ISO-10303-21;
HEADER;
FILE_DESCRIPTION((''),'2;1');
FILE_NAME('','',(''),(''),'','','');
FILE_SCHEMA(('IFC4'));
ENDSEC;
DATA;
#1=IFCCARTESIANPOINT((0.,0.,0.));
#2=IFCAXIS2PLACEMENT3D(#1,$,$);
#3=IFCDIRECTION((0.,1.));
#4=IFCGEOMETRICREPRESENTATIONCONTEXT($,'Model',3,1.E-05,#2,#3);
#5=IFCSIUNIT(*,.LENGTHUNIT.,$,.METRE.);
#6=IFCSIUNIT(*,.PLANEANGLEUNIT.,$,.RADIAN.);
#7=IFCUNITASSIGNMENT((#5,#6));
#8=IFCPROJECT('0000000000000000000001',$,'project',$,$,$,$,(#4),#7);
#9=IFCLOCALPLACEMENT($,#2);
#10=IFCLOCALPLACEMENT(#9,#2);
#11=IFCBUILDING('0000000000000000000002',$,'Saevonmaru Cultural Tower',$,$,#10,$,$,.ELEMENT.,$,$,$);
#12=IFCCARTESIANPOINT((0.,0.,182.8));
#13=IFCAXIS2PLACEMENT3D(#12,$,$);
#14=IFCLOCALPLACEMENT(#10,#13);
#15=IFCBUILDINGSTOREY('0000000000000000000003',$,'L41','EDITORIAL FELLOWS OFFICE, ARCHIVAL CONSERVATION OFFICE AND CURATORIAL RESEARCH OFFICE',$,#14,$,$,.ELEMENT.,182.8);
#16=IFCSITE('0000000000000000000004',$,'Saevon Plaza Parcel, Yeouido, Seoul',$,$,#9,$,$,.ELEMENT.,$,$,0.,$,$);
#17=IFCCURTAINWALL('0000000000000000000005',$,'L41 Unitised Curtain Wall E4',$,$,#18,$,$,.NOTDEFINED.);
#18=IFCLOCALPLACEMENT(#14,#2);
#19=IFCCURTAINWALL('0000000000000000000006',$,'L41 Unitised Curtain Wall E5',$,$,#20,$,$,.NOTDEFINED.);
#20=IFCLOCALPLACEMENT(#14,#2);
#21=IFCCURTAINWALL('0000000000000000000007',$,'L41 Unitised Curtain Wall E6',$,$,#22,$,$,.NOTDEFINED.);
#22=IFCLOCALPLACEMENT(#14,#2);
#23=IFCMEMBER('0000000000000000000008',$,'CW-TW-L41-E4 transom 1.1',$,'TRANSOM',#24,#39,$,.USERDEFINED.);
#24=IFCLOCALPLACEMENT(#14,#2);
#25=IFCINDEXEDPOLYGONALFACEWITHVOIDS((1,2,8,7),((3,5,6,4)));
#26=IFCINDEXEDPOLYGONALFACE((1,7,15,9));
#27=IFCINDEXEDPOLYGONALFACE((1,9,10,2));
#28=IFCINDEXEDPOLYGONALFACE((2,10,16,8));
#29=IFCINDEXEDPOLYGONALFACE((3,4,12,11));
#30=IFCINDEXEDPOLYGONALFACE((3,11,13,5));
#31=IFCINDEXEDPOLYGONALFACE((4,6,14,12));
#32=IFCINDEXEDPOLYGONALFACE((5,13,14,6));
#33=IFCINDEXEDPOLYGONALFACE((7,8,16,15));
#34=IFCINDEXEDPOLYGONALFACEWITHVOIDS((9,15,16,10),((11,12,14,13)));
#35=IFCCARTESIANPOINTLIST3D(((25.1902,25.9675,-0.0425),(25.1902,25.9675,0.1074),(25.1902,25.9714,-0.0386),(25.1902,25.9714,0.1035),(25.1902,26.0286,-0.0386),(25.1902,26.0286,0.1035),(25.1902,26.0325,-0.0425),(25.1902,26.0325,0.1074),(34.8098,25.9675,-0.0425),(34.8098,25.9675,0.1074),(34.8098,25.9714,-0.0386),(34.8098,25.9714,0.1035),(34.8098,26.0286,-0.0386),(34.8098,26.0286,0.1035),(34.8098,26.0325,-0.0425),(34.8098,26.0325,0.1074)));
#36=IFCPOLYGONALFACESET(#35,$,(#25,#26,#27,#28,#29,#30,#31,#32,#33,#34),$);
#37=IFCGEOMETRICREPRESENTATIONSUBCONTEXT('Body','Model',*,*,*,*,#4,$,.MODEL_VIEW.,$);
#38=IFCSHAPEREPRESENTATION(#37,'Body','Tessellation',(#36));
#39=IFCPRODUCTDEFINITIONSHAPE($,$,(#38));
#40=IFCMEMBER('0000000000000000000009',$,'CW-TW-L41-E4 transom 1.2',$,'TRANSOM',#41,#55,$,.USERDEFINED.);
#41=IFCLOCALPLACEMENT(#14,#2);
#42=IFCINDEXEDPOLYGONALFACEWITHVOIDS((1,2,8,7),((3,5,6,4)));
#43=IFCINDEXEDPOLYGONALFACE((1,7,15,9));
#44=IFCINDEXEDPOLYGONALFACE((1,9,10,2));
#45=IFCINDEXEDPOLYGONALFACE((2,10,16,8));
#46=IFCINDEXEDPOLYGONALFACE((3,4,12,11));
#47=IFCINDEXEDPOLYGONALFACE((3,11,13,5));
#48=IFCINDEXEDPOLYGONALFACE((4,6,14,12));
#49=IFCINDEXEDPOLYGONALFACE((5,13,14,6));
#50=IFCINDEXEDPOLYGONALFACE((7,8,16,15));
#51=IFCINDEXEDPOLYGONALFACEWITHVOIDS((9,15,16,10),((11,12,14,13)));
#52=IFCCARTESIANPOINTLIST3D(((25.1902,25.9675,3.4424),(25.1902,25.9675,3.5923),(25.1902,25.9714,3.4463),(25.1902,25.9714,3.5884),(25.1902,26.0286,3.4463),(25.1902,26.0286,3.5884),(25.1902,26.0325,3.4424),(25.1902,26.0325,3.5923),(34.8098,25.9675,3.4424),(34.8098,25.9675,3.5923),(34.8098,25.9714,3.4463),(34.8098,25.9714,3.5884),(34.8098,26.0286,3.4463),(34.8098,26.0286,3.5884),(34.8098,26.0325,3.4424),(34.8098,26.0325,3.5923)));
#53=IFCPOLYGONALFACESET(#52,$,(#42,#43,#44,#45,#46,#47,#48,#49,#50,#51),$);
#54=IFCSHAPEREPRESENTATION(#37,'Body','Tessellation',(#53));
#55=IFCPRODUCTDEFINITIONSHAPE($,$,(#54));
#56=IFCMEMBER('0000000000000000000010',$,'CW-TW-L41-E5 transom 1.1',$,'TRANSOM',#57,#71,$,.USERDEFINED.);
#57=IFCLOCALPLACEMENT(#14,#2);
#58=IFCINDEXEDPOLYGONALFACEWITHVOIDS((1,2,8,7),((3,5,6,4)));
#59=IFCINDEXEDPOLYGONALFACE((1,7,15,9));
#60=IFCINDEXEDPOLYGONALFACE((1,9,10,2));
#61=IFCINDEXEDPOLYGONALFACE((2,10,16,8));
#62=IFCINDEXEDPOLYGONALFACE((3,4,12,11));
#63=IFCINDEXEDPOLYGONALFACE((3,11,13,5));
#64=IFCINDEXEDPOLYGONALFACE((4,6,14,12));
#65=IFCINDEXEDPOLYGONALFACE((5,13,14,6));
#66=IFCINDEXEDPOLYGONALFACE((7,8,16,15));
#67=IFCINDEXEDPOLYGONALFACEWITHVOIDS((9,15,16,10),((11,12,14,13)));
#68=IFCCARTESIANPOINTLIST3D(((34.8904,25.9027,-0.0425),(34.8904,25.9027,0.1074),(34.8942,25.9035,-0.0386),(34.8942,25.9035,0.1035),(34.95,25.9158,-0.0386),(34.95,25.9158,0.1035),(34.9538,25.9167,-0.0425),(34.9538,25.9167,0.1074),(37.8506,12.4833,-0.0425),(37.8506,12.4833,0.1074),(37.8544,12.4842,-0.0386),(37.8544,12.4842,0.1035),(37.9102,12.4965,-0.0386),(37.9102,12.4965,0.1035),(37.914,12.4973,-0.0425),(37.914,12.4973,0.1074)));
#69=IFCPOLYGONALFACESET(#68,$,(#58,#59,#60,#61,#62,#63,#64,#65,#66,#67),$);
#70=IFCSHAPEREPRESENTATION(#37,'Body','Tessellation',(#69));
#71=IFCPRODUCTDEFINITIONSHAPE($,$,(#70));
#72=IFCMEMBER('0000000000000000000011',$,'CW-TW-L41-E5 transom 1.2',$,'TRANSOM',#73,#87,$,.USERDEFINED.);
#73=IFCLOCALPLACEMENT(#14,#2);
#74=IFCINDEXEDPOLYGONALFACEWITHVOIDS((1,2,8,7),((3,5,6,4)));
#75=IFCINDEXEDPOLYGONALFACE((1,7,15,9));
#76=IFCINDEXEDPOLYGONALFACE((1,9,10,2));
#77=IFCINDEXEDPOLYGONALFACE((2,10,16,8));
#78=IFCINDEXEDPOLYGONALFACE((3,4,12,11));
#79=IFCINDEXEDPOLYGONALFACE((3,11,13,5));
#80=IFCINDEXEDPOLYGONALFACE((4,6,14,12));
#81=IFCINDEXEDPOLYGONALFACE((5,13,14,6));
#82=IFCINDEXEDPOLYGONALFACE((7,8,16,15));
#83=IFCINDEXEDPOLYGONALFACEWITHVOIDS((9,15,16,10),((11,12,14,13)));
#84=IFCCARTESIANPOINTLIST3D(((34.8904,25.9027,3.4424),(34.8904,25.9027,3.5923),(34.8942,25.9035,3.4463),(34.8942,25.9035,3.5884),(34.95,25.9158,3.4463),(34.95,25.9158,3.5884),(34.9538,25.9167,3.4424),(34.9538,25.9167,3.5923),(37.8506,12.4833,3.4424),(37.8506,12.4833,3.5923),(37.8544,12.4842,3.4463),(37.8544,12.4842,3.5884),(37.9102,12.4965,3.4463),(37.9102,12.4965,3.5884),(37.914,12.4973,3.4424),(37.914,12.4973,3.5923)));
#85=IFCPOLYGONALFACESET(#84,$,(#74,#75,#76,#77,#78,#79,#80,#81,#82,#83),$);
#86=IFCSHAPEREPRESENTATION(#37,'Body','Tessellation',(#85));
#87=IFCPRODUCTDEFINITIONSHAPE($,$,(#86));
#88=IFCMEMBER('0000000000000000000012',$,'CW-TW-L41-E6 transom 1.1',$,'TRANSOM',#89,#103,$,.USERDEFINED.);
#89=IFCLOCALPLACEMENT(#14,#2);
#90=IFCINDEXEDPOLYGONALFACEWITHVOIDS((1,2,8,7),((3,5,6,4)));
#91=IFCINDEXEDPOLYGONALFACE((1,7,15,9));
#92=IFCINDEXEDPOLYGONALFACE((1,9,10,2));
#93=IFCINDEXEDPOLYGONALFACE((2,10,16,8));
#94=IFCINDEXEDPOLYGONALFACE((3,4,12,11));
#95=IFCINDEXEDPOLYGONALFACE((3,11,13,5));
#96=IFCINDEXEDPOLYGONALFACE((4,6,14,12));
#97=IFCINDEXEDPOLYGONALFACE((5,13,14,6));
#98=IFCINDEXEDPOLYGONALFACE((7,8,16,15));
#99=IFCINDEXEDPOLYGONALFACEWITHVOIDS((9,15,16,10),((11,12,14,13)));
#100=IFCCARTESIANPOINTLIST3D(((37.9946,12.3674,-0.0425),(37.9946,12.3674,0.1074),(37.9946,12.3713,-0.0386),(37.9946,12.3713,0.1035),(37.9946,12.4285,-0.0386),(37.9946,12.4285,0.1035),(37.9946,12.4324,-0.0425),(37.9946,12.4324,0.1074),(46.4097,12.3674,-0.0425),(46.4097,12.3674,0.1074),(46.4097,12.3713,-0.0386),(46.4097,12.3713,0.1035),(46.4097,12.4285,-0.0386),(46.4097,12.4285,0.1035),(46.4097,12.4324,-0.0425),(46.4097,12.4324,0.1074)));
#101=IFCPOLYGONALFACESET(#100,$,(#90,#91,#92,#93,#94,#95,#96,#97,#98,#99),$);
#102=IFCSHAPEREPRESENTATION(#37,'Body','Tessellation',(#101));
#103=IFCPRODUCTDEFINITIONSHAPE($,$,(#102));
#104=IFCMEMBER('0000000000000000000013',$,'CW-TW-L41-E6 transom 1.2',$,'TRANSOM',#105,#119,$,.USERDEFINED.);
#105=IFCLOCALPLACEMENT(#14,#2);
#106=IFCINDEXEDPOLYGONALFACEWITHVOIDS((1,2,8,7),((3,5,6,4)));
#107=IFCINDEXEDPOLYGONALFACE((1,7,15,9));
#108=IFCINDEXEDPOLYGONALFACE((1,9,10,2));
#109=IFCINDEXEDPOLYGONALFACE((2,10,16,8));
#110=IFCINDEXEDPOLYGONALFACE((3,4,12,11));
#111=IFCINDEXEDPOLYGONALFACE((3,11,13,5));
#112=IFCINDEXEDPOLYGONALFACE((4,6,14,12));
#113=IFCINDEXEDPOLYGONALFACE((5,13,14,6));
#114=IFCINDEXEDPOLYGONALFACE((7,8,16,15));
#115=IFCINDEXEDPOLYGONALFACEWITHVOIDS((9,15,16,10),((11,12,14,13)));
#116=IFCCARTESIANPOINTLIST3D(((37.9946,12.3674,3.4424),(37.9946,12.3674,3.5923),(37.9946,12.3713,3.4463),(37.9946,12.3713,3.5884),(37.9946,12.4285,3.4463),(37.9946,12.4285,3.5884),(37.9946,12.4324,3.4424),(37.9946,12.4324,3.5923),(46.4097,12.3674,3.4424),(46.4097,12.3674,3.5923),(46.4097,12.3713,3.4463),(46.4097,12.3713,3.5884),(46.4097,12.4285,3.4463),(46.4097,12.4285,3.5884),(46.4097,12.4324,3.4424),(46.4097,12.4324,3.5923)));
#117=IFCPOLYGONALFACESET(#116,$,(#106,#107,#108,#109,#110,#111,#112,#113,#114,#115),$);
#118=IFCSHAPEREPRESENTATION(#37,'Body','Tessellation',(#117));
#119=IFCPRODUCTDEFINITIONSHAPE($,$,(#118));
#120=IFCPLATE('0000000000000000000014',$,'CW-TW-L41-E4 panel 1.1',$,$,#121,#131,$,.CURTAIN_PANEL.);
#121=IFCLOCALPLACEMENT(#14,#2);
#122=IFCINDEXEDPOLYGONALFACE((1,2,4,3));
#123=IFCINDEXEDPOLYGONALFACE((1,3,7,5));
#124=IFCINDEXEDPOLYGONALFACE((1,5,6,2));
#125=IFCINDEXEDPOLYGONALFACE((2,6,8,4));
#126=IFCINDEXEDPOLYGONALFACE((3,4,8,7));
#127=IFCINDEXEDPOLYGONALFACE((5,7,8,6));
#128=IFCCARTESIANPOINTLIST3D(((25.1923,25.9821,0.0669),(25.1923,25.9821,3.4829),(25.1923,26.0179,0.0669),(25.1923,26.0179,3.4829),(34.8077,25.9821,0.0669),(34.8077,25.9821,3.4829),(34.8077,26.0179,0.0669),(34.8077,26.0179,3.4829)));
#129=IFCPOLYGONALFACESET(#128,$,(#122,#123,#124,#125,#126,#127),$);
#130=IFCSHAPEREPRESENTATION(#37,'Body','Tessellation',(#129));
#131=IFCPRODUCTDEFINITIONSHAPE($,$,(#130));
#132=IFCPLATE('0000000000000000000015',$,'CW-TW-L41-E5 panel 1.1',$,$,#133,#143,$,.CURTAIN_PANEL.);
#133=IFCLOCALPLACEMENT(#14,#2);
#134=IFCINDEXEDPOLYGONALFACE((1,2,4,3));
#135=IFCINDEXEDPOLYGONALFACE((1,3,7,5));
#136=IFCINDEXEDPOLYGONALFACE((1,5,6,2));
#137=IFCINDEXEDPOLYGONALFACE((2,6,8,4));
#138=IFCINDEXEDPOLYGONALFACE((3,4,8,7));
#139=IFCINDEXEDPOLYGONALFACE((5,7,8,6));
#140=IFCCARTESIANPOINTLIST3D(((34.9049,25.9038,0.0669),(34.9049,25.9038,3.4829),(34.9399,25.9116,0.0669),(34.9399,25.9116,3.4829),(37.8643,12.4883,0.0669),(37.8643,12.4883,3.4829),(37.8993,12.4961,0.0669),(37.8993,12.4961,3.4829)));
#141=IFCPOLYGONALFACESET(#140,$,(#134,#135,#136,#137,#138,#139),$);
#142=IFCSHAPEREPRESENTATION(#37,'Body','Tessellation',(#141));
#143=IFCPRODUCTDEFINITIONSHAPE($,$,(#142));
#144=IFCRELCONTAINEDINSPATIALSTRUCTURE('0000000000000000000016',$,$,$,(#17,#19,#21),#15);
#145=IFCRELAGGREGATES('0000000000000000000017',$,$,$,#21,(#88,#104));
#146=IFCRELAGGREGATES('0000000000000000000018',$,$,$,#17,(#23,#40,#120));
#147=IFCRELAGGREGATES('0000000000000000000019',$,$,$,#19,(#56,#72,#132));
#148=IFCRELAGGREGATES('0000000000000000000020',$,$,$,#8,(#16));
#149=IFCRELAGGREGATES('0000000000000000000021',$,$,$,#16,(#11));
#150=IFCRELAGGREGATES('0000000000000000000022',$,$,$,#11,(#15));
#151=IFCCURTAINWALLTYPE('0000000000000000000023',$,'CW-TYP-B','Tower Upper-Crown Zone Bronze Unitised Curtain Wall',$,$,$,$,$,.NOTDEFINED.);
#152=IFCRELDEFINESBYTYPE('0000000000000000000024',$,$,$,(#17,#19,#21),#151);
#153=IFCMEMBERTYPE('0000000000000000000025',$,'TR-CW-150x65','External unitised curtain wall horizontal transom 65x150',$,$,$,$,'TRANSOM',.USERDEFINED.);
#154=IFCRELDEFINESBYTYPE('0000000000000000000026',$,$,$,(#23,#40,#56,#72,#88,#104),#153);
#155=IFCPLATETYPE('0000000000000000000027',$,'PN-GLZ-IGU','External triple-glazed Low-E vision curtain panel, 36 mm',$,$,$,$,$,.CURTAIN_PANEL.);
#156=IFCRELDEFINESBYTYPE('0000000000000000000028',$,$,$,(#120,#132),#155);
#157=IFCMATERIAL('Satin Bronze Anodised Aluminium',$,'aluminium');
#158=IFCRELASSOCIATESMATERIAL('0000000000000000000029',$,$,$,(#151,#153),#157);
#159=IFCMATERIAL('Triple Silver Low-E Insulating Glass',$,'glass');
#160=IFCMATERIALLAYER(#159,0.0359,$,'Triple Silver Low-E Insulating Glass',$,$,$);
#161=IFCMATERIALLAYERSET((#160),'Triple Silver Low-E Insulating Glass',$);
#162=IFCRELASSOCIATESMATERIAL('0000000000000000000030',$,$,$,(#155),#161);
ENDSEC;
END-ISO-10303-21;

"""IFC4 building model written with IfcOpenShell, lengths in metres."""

from ifc_helpers import new_model, si_unit, direction, frame, origin, origin_2d, place, context, subcontext, project, spatial, rectangle, hollow_rectangle, extrude, material, layer, layer_set, material_profile, profile_set, type_object, element, aggregate, save


model = new_model("IFC4")

# Units and contexts
model_context = context("Model", 3, precision=1e-05, world=origin(), true_north=direction((0.0, 1.0)))
body_context = subcontext(model_context, "Body", "Model", "MODEL_VIEW")
ifc_project = project(units=[si_unit("LENGTHUNIT", "METRE"), si_unit("PLANEANGLEUNIT", "RADIAN")], contexts=[model_context])

# Site, building, storey
site_placement = place(None, origin())
site = spatial("IfcSite", under=ifc_project, at=site_placement, Name="Saevon Plaza Parcel, Yeouido, Seoul", CompositionType="ELEMENT", RefElevation=0.0)
building_placement = place(site_placement, origin())
building = spatial("IfcBuilding", under=site, at=building_placement, Name="Saevonmaru Cultural Tower", CompositionType="ELEMENT")
storey_placement = place(building_placement, frame((0.0, 0.0, 182.8)))
storey = spatial("IfcBuildingStorey", under=building, at=storey_placement, Name="L41", Description="EDITORIAL FELLOWS OFFICE, ARCHIVAL CONSERVATION OFFICE AND CURATORIAL RESEARCH OFFICE", CompositionType="ELEMENT", Elevation=182.8)

# Curtain wall
ifc_material_1 = material(Name="Satin Bronze Anodised Aluminium", Category="aluminium")
curtain_wall_type = type_object("IfcCurtainWallType", Name="CW-TYP-B", Description="Tower Upper-Crown Zone Bronze Unitised Curtain Wall", PredefinedType="NOTDEFINED", material=ifc_material_1)
curtain_wall_1_placement = place(storey_placement, origin())
curtain_wall_1 = element("IfcCurtainWall", 1, at=curtain_wall_1_placement, inside=storey, type_object=curtain_wall_type, Name="L41 Unitised Curtain Wall E4", PredefinedType="NOTDEFINED")

# Curtain wall
curtain_wall_2_placement = place(storey_placement, origin())
curtain_wall_2 = element("IfcCurtainWall", 2, at=curtain_wall_2_placement, inside=storey, type_object=curtain_wall_type, Name="L41 Unitised Curtain Wall E5", PredefinedType="NOTDEFINED")

# Curtain wall
curtain_wall_3_placement = place(storey_placement, origin())
curtain_wall_3 = element("IfcCurtainWall", 3, at=curtain_wall_3_placement, inside=storey, type_object=curtain_wall_type, Name="L41 Unitised Curtain Wall E6", PredefinedType="NOTDEFINED")

# Members
ifc_material_profile_1 = material_profile(ifc_material_1, hollow_rectangle(XDim=0.0649, YDim=0.1499, WallThickness=0.0039, at=origin_2d()), Name="ALU-TRAN-150x65x4")
ifc_profile_set_1 = profile_set([ifc_material_profile_1], Name="Satin Bronze Anodised Aluminium")
member_type_1 = type_object("IfcMemberType", Name="TR-CW-150x65", Description="External unitised curtain wall horizontal transom 65x150", ElementType="TRANSOM", PredefinedType="USERDEFINED", material=ifc_profile_set_1)
member_1_placement = place(storey_placement, frame((25.1902, 26.0, 0.0325), z_axis=(1.0, 0.0, 0.0), x_axis=(0.0, 1.0, 0.0)))
member_1 = element("IfcMember", 4, at=member_1_placement, type_object=member_type_1, Name="CW-TW-L41-E4 transom 1.1", ObjectType="TRANSOM", PredefinedType="USERDEFINED", context=body_context, shape_type="SweptSolid", body=[
    extrude(hollow_rectangle(XDim=0.0649, YDim=0.1499, WallThickness=0.0039, at=origin_2d()), origin(), (0.0, 0.0, 1.0), 9.6196),
])
member_2_placement = place(storey_placement, frame((25.1902, 26.0, 3.5173), z_axis=(1.0, 0.0, 0.0), x_axis=(0.0, 1.0, 0.0)))
member_2 = element("IfcMember", 5, at=member_2_placement, type_object=member_type_1, Name="CW-TW-L41-E4 transom 1.2", ObjectType="TRANSOM", PredefinedType="USERDEFINED", context=body_context, shape_type="SweptSolid", body=[
    extrude(hollow_rectangle(XDim=0.0649, YDim=0.1499, WallThickness=0.0039, at=origin_2d()), origin(), (0.0, 0.0, 1.0), 9.6196),
])
member_3_placement = place(storey_placement, frame((34.9221, 25.9097, 0.0325), z_axis=(0.215412, -0.976523, 0.0), x_axis=(0.976523, 0.215412, 0.0)))
member_3 = element("IfcMember", 6, at=member_3_placement, type_object=member_type_1, Name="CW-TW-L41-E5 transom 1.1", ObjectType="TRANSOM", PredefinedType="USERDEFINED", context=body_context, shape_type="SweptSolid", body=[
    extrude(hollow_rectangle(XDim=0.0649, YDim=0.1499, WallThickness=0.0039, at=origin_2d()), origin(), (0.0, 0.0, 1.0), 13.7419),
])
member_4_placement = place(storey_placement, frame((34.9221, 25.9097, 3.5173), z_axis=(0.215412, -0.976523, 0.0), x_axis=(0.976523, 0.215412, 0.0)))
member_4 = element("IfcMember", 7, at=member_4_placement, type_object=member_type_1, Name="CW-TW-L41-E5 transom 1.2", ObjectType="TRANSOM", PredefinedType="USERDEFINED", context=body_context, shape_type="SweptSolid", body=[
    extrude(hollow_rectangle(XDim=0.0649, YDim=0.1499, WallThickness=0.0039, at=origin_2d()), origin(), (0.0, 0.0, 1.0), 13.7419),
])
member_5_placement = place(storey_placement, frame((37.9946, 12.3999, 0.0325), z_axis=(1.0, 0.0, 0.0), x_axis=(0.0, 1.0, 0.0)))
member_5 = element("IfcMember", 8, at=member_5_placement, type_object=member_type_1, Name="CW-TW-L41-E6 transom 1.1", ObjectType="TRANSOM", PredefinedType="USERDEFINED", context=body_context, shape_type="SweptSolid", body=[
    extrude(hollow_rectangle(XDim=0.0649, YDim=0.1499, WallThickness=0.0039, at=origin_2d()), origin(), (0.0, 0.0, 1.0), 8.415),
])
member_6_placement = place(storey_placement, frame((37.9946, 12.3999, 3.5173), z_axis=(1.0, 0.0, 0.0), x_axis=(0.0, 1.0, 0.0)))
member_6 = element("IfcMember", 9, at=member_6_placement, type_object=member_type_1, Name="CW-TW-L41-E6 transom 1.2", ObjectType="TRANSOM", PredefinedType="USERDEFINED", context=body_context, shape_type="SweptSolid", body=[
    extrude(hollow_rectangle(XDim=0.0649, YDim=0.1499, WallThickness=0.0039, at=origin_2d()), origin(), (0.0, 0.0, 1.0), 8.415),
])
aggregate(curtain_wall_3, [member_5, member_6])

# Plates
ifc_material_2 = material(Name="Triple Silver Low-E Insulating Glass", Category="glass")
ifc_layer = layer(ifc_material_2, 0.0359, Name="Triple Silver Low-E Insulating Glass")
ifc_layer_set = layer_set([ifc_layer], Name="Triple Silver Low-E Insulating Glass")
plate_type = type_object("IfcPlateType", Name="PN-GLZ-IGU", Description="External triple-glazed Low-E vision curtain panel, 36 mm", PredefinedType="CURTAIN_PANEL", material=ifc_layer_set)
plate_1_placement = place(storey_placement, frame((30.0, 26.0, 0.0669), z_axis=(0.0, 0.0, 1.0), x_axis=(1.0, 0.0, 0.0)))
plate_1 = element("IfcPlate", 10, at=plate_1_placement, type_object=plate_type, Name="CW-TW-L41-E4 panel 1.1", PredefinedType="CURTAIN_PANEL", context=body_context, shape_type="SweptSolid", body=[
    extrude(rectangle(XDim=9.6155, YDim=0.0359, at=origin_2d()), origin(), (0.0, 0.0, 1.0), 3.416),
])
aggregate(curtain_wall_1, [member_1, member_2, plate_1])
plate_2_placement = place(storey_placement, frame((36.4021, 19.2, 0.0669), z_axis=(0.0, 0.0, 1.0), x_axis=(0.215413, -0.976523, 0.0)))
plate_2 = element("IfcPlate", 11, at=plate_2_placement, type_object=plate_type, Name="CW-TW-L41-E5 panel 1.1", PredefinedType="CURTAIN_PANEL", context=body_context, shape_type="SweptSolid", body=[
    extrude(rectangle(XDim=13.738, YDim=0.0359, at=origin_2d()), origin(), (0.0, 0.0, 1.0), 3.416),
])
aggregate(curtain_wall_2, [member_3, member_4, plate_2])

save(model, "model.ifc")
